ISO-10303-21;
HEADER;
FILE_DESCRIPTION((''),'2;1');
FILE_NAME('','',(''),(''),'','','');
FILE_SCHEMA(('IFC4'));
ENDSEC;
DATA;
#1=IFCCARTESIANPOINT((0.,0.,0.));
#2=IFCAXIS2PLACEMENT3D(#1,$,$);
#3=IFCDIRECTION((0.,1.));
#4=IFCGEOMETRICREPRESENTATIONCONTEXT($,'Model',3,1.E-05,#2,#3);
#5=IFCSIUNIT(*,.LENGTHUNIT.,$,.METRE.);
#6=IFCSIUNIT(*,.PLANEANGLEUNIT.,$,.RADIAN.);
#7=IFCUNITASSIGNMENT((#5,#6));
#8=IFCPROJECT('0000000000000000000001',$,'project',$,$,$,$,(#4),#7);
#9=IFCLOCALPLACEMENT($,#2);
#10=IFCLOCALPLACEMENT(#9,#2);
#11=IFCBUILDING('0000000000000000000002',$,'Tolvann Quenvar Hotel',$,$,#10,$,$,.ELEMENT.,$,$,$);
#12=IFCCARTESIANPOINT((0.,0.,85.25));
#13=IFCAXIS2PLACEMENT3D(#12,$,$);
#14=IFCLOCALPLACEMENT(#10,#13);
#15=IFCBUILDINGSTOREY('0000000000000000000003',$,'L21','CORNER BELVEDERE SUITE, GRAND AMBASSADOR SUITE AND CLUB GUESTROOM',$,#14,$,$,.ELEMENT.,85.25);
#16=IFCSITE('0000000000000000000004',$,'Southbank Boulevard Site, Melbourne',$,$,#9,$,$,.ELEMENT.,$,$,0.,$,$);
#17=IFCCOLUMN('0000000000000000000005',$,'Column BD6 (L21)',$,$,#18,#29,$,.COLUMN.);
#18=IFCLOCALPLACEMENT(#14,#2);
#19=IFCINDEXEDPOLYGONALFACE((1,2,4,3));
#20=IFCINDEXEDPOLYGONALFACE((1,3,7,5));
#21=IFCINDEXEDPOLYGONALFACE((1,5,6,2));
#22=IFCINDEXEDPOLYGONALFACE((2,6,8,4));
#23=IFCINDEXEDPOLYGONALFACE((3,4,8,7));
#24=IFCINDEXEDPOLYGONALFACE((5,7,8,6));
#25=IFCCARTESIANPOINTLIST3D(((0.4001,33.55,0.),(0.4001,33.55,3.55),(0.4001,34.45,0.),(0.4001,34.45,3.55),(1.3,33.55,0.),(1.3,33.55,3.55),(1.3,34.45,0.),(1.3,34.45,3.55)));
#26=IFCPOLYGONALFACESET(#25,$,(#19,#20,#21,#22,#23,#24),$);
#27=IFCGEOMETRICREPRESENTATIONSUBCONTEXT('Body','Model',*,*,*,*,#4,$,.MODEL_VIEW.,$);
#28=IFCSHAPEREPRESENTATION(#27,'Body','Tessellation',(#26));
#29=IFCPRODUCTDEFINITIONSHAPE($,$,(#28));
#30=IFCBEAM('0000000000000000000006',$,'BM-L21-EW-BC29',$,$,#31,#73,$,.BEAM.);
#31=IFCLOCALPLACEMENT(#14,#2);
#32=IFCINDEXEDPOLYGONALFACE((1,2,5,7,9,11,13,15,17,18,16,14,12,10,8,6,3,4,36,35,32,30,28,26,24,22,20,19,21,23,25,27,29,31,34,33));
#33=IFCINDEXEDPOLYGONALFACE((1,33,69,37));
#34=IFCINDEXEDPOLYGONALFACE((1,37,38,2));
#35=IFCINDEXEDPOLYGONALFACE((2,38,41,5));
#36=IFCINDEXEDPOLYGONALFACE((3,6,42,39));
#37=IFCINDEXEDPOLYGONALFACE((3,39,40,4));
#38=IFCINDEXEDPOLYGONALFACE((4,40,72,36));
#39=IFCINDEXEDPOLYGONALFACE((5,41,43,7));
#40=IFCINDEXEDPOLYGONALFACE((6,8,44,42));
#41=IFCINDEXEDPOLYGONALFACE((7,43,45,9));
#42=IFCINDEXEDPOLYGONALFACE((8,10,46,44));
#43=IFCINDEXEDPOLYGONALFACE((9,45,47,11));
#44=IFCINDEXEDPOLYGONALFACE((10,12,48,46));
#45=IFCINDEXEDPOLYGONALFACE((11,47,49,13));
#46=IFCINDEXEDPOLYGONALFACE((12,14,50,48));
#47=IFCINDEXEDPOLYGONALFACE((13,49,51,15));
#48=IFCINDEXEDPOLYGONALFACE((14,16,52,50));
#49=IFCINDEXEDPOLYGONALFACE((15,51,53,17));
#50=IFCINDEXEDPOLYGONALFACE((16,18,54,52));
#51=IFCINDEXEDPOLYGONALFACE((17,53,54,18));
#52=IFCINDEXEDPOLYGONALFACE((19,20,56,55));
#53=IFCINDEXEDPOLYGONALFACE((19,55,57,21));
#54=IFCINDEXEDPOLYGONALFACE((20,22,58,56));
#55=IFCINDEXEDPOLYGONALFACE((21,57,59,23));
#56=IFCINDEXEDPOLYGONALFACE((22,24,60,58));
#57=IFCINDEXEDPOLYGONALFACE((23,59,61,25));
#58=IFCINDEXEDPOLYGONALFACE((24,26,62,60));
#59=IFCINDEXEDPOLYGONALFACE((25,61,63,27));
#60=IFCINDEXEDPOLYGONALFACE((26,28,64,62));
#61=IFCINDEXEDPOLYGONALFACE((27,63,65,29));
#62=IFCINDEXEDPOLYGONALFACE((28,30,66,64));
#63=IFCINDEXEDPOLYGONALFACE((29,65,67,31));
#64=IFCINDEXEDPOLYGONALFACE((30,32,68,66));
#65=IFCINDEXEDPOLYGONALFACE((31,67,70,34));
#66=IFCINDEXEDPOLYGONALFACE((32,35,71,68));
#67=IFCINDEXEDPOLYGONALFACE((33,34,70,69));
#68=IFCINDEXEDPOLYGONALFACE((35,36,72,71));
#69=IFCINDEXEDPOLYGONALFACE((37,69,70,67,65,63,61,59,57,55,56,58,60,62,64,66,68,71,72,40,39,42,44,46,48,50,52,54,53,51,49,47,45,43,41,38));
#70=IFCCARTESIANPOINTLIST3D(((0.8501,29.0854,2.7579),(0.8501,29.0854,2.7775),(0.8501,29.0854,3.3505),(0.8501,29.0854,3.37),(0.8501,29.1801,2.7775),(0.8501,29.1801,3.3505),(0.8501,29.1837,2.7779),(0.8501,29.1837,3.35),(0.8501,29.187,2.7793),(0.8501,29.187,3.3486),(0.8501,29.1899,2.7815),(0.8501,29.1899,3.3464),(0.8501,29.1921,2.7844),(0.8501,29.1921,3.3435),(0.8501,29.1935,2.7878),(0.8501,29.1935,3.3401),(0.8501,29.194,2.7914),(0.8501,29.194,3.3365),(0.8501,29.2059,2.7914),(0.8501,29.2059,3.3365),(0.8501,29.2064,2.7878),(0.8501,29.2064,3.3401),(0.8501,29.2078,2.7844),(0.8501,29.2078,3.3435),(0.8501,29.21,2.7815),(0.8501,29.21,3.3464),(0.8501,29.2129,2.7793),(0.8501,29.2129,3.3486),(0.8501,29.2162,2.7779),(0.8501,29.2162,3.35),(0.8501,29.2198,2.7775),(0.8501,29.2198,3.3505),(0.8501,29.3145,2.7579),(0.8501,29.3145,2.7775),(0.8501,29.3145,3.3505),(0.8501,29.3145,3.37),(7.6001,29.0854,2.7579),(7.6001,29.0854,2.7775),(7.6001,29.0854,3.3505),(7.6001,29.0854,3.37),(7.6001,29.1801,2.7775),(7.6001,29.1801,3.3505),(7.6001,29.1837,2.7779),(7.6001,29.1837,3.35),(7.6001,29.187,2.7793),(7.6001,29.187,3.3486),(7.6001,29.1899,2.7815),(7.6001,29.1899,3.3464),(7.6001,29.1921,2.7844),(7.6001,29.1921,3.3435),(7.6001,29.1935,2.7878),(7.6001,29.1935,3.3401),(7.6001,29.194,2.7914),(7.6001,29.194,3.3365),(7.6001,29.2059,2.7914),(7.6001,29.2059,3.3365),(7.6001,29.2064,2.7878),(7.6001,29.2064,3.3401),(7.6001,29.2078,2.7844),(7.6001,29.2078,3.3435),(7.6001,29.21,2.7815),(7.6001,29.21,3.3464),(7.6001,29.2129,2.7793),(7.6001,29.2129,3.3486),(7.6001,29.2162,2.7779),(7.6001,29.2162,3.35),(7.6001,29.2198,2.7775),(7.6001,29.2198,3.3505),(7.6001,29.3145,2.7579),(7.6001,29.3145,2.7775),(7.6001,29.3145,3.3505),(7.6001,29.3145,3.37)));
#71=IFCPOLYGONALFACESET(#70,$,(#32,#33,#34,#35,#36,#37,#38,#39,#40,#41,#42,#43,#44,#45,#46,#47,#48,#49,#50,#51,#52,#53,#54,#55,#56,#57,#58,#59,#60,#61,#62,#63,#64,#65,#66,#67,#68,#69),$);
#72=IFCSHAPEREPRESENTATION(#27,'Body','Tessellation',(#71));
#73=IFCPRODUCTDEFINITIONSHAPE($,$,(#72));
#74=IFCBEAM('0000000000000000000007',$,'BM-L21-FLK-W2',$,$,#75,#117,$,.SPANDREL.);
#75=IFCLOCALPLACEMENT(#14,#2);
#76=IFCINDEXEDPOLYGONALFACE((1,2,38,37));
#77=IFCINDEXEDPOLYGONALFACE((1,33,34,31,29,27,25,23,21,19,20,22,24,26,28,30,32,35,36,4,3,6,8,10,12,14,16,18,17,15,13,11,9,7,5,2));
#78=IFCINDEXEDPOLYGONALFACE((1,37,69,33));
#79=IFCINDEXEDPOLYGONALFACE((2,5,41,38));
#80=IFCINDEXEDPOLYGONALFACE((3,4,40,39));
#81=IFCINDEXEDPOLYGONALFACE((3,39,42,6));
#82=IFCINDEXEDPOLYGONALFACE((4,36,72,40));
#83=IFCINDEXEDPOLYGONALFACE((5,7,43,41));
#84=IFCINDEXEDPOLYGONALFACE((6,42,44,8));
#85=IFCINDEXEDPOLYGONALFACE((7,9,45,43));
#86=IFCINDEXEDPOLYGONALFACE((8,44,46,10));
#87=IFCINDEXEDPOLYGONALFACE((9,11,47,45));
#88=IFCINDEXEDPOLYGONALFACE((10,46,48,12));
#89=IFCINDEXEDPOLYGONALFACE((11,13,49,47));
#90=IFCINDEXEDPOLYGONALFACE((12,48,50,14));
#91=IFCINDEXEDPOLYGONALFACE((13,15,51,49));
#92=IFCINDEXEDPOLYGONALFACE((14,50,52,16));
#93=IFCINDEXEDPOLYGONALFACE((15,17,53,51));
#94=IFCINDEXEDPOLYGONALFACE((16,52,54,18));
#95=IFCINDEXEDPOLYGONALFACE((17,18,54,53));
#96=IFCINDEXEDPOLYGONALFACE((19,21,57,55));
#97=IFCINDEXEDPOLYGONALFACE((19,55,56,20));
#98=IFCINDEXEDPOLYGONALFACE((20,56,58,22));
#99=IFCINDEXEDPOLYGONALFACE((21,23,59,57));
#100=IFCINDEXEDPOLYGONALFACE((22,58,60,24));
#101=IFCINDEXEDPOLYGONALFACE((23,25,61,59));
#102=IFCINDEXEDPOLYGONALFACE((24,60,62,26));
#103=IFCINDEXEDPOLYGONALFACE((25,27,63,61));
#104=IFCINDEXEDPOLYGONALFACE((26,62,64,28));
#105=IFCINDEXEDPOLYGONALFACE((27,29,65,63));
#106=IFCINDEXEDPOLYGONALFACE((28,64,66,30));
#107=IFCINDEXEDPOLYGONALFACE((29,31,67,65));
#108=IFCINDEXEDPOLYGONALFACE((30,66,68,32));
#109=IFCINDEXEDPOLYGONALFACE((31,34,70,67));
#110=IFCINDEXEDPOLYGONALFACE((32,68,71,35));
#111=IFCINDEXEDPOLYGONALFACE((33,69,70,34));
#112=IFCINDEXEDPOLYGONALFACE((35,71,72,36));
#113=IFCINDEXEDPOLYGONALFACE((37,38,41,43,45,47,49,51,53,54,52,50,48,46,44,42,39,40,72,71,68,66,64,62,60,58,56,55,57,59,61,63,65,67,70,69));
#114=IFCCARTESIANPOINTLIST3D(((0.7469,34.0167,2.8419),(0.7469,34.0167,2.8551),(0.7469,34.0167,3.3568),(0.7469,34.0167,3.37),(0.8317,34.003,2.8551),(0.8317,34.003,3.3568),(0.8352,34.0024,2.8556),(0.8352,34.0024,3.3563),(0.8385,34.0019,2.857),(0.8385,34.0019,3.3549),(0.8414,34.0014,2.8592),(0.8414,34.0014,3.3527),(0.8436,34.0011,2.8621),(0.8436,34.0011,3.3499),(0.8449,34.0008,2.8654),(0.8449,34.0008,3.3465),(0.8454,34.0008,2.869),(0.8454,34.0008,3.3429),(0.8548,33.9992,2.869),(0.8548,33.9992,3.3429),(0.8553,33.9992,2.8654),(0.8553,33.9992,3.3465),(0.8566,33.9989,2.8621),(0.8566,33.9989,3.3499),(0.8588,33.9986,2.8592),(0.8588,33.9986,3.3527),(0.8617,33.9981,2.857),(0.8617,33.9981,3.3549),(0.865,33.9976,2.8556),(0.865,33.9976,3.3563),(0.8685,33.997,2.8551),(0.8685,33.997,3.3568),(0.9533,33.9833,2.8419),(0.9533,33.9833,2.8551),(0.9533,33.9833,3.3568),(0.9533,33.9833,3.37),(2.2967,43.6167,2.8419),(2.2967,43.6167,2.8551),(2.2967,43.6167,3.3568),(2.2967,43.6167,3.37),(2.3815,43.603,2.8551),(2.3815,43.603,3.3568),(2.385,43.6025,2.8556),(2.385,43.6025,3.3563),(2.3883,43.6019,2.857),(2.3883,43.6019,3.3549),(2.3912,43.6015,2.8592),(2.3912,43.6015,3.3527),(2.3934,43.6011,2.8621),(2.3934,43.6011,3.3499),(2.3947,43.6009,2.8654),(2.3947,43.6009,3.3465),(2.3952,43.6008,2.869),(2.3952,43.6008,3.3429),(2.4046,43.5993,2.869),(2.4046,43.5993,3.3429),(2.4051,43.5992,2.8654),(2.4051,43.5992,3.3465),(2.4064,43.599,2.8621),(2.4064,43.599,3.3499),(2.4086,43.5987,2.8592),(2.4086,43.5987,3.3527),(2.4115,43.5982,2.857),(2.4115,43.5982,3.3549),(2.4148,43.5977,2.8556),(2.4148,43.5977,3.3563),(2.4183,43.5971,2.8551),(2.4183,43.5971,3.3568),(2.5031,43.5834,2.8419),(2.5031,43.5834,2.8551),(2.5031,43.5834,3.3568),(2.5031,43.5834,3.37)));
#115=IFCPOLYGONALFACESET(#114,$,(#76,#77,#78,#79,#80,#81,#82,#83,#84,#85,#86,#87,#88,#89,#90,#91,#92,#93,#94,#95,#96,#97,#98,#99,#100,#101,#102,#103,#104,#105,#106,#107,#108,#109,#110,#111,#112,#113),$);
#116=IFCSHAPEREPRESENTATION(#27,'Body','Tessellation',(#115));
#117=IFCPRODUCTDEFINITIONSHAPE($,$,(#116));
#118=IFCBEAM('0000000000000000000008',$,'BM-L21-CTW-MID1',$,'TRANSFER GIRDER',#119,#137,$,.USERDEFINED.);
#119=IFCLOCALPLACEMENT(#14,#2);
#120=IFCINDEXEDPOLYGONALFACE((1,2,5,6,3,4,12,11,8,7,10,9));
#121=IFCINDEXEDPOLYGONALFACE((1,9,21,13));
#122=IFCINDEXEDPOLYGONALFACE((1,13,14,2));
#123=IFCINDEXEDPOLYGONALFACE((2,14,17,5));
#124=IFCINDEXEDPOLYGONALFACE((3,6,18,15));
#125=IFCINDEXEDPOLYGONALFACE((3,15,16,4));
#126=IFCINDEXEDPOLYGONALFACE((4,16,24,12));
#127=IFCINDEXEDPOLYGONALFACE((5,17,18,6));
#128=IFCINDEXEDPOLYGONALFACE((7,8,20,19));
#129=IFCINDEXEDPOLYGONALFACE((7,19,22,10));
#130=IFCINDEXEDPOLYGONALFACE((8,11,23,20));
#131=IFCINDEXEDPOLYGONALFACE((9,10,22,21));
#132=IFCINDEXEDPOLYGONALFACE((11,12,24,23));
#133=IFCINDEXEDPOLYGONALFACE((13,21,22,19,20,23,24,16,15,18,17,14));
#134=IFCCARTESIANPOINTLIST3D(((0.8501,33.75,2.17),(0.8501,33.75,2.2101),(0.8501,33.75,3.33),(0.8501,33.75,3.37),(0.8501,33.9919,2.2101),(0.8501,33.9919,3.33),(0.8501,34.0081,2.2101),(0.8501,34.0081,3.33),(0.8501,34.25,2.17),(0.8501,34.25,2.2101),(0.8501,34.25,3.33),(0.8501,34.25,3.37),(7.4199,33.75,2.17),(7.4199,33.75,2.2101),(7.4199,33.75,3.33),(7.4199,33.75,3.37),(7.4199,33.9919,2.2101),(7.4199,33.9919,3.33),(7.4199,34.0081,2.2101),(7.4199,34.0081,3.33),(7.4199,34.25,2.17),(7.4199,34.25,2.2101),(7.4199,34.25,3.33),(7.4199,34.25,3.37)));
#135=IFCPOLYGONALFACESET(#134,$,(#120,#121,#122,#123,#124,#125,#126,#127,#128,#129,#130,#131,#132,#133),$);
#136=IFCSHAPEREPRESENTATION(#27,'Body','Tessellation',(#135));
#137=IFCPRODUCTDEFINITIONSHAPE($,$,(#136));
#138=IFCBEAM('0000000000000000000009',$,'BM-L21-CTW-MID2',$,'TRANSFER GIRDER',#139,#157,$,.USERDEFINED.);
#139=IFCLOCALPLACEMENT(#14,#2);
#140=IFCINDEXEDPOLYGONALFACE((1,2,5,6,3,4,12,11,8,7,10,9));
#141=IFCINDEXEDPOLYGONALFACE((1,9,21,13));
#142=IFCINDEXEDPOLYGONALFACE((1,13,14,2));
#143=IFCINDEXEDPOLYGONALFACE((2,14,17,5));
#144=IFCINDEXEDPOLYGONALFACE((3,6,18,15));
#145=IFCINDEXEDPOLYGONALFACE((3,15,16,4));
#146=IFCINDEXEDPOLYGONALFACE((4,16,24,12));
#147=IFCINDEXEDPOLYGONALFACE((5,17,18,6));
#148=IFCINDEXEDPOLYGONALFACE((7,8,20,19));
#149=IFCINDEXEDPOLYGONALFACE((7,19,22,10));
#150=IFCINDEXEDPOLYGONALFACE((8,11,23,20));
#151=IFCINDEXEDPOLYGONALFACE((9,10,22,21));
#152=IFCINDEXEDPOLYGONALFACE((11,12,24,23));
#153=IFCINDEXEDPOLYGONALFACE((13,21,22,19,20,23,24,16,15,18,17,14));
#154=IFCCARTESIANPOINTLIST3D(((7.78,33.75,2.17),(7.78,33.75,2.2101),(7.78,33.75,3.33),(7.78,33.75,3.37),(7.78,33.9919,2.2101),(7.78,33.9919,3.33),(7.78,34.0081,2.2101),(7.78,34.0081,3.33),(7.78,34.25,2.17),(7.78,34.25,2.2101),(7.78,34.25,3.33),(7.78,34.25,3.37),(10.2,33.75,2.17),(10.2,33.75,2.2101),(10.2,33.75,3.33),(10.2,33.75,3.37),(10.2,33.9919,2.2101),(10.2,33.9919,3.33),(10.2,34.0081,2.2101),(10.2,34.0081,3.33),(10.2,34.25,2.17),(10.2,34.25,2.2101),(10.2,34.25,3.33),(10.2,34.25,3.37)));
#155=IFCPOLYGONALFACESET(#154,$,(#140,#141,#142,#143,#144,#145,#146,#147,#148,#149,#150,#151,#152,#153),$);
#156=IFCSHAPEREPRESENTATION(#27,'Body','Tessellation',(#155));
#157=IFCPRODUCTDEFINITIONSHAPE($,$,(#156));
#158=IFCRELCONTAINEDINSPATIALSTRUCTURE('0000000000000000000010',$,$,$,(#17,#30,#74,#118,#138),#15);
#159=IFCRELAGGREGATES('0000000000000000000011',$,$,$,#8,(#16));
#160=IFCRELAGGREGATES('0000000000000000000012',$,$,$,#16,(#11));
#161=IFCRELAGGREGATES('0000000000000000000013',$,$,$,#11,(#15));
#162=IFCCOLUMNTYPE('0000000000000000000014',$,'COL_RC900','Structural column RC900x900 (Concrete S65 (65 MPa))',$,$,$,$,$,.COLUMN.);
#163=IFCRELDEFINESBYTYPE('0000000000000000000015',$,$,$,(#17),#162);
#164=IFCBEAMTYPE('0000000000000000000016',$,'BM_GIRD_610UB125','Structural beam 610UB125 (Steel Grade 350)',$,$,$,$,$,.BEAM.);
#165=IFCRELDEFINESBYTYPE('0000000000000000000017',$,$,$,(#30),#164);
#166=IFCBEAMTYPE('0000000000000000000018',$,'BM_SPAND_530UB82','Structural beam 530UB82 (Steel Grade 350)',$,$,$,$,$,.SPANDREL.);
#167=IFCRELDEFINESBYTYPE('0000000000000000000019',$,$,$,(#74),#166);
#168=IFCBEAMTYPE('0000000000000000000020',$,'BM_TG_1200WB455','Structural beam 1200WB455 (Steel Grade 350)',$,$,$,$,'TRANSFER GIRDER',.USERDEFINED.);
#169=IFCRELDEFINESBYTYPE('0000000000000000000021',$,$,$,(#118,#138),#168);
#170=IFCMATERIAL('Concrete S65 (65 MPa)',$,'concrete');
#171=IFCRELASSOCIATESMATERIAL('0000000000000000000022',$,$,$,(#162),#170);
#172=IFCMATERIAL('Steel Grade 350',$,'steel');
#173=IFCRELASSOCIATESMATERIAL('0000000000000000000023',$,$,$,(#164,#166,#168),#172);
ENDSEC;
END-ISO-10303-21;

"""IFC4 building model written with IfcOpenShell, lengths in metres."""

from ifc_helpers import new_model, si_unit, direction, frame, origin, origin_2d, place, context, subcontext, project, spatial, rectangle, i_section, extrude, source, transform, mapped, material, material_profile, profile_set, type_object, type_shapes, element, save


model = new_model("IFC4")

# Units and contexts
model_context = context("Model", 3, precision=1e-05, world=origin(), true_north=direction((0.0, 1.0)))
body_context = subcontext(model_context, "Body", "Model", "MODEL_VIEW")
ifc_project = project(units=[si_unit("LENGTHUNIT", "METRE"), si_unit("PLANEANGLEUNIT", "RADIAN")], contexts=[model_context])

# Site, building, storey
site_placement = place(None, origin())
site = spatial("IfcSite", under=ifc_project, at=site_placement, Name="Southbank Boulevard Site, Melbourne", CompositionType="ELEMENT", RefElevation=0.0)
building_placement = place(site_placement, origin())
building = spatial("IfcBuilding", under=site, at=building_placement, Name="Tolvann Quenvar Hotel", CompositionType="ELEMENT")
storey_placement = place(building_placement, frame((0.0, 0.0, 85.25)))
storey = spatial("IfcBuildingStorey", under=building, at=storey_placement, Name="L21", Description="CORNER BELVEDERE SUITE, GRAND AMBASSADOR SUITE AND CLUB GUESTROOM", CompositionType="ELEMENT", Elevation=85.25)

# Column
ifc_material_1 = material(Name="Concrete S65 (65 MPa)", Category="concrete")
ifc_material_profile_1 = material_profile(ifc_material_1, rectangle(XDim=0.8999, YDim=0.8999, at=origin_2d()), Name="RC900x900")
ifc_profile_set_1 = profile_set([ifc_material_profile_1], Name="Concrete S65 (65 MPa)")
column_type = type_object("IfcColumnType", Name="COL_RC900", Description="Structural column RC900x900 (Concrete S65 (65 MPa))", PredefinedType="COLUMN", material=ifc_profile_set_1)
shared_shape_1 = source(origin(), body_context, "Body", "SweptSolid", [
    extrude(rectangle(XDim=0.8999, YDim=0.8999, at=origin_2d()), origin(), (0.0, 0.0, 1.0), 3.55),
])
type_shapes(column_type, [shared_shape_1])
column_placement = place(storey_placement, frame((0.8501, 34.0, 0.0), z_axis=(0.0, 0.0, 1.0), x_axis=(1.0, 0.0, 0.0)))
element("IfcColumn", 1, at=column_placement, inside=storey, type_object=column_type, Name="Column BD6 (L21)", PredefinedType="COLUMN", context=body_context, shape_type="MappedRepresentation", body=[
    mapped(shared_shape_1, transform((0.0, 0.0, 0.0), x_axis=(1.0, 0.0, 0.0), y_axis=(0.0, 1.0, 0.0), z_axis=(0.0, 0.0, 1.0), scale=1.0)),
])

# Beams
ifc_material_2 = material(Name="Steel Grade 350", Category="steel")
ifc_material_profile_2 = material_profile(ifc_material_2, i_section(OverallWidth=0.229, OverallDepth=0.6121, WebThickness=0.012, FlangeThickness=0.0195, FilletRadius=0.0139, at=origin_2d()), Name="610UB125")
ifc_profile_set_2 = profile_set([ifc_material_profile_2], Name="Steel Grade 350")
beam_type_1 = type_object("IfcBeamType", Name="BM_GIRD_610UB125", Description="Structural beam 610UB125 (Steel Grade 350)", PredefinedType="BEAM", material=ifc_profile_set_2)
shared_shape_2 = source(origin(), body_context, "Body", "SweptSolid", [
    extrude(i_section(OverallWidth=0.229, OverallDepth=0.6121, WebThickness=0.012, FlangeThickness=0.0195, FilletRadius=0.0139, at=origin_2d()), origin(), (0.0, 0.0, 1.0), 6.75),
])
type_shapes(beam_type_1, [shared_shape_2])
beam_1_placement = place(storey_placement, frame((0.8501, 29.2, 3.064), z_axis=(1.0, 0.0, 0.0), x_axis=(0.0, 1.0, 0.0)))
element("IfcBeam", 2, at=beam_1_placement, inside=storey, type_object=beam_type_1, Name="BM-L21-EW-BC29", PredefinedType="BEAM", context=body_context, shape_type="MappedRepresentation", body=[
    mapped(shared_shape_2, transform((0.0, 0.0, 0.0), x_axis=(1.0, 0.0, 0.0), y_axis=(0.0, 1.0, 0.0), z_axis=(0.0, 0.0, 1.0), scale=1.0)),
])
ifc_material_profile_3 = material_profile(ifc_material_2, i_section(OverallWidth=0.209, OverallDepth=0.5281, WebThickness=0.0095, FlangeThickness=0.0132, FilletRadius=0.0139, at=origin_2d()), Name="530UB82")
ifc_profile_set_3 = profile_set([ifc_material_profile_3], Name="Steel Grade 350")
beam_type_2 = type_object("IfcBeamType", Name="BM_SPAND_530UB82", Description="Structural beam 530UB82 (Steel Grade 350)", PredefinedType="SPANDREL", material=ifc_profile_set_3)
shared_shape_3 = source(origin(), body_context, "Body", "SweptSolid", [
    extrude(i_section(OverallWidth=0.209, OverallDepth=0.5281, WebThickness=0.0095, FlangeThickness=0.0132, FilletRadius=0.0139, at=origin_2d()), origin(), (0.0, 0.0, 1.0), 9.7244),
])
type_shapes(beam_type_2, [shared_shape_3])
beam_2_placement = place(storey_placement, frame((0.8501, 34.0, 3.106), z_axis=(0.159373, 0.987218, 0.0), x_axis=(-0.987218, 0.159373, 0.0)))
element("IfcBeam", 3, at=beam_2_placement, inside=storey, type_object=beam_type_2, Name="BM-L21-FLK-W2", PredefinedType="SPANDREL", context=body_context, shape_type="MappedRepresentation", body=[
    mapped(shared_shape_3, transform((0.0, 0.0, 0.0), x_axis=(1.0, 0.0, 0.0), y_axis=(0.0, 1.0, 0.0), z_axis=(0.0, 0.0, 1.0), scale=1.0)),
])
ifc_material_profile_4 = material_profile(ifc_material_2, i_section(OverallWidth=0.5, OverallDepth=1.2, WebThickness=0.0161, FlangeThickness=0.04, at=origin_2d()), Name="1200WB455")
ifc_profile_set_4 = profile_set([ifc_material_profile_4], Name="Steel Grade 350")
beam_type_3 = type_object("IfcBeamType", Name="BM_TG_1200WB455", Description="Structural beam 1200WB455 (Steel Grade 350)", ElementType="TRANSFER GIRDER", PredefinedType="USERDEFINED", material=ifc_profile_set_4)
shared_shape_4 = source(origin(), body_context, "Body", "SweptSolid", [
    extrude(i_section(OverallWidth=0.5, OverallDepth=1.2, WebThickness=0.0161, FlangeThickness=0.04, at=origin_2d()), origin(), (0.0, 0.0, 1.0), 6.5698),
])
beam_3_placement = place(storey_placement, frame((0.8501, 34.0, 2.77), z_axis=(1.0, 0.0, 0.0), x_axis=(0.0, 1.0, 0.0)))
element("IfcBeam", 4, at=beam_3_placement, inside=storey, type_object=beam_type_3, Name="BM-L21-CTW-MID1", ObjectType="TRANSFER GIRDER", PredefinedType="USERDEFINED", context=body_context, shape_type="MappedRepresentation", body=[
    mapped(shared_shape_4, transform((0.0, 0.0, 0.0), x_axis=(1.0, 0.0, 0.0), y_axis=(0.0, 1.0, 0.0), z_axis=(0.0, 0.0, 1.0), scale=1.0)),
])
shared_shape_5 = source(origin(), body_context, "Body", "SweptSolid", [
    extrude(i_section(OverallWidth=0.5, OverallDepth=1.2, WebThickness=0.0161, FlangeThickness=0.04, at=origin_2d()), origin(), (0.0, 0.0, 1.0), 2.4199),
])
type_shapes(beam_type_3, [shared_shape_4, shared_shape_5])
beam_4_placement = place(storey_placement, frame((7.78, 34.0, 2.77), z_axis=(1.0, 0.0, 0.0), x_axis=(0.0, 1.0, 0.0)))
element("IfcBeam", 5, at=beam_4_placement, inside=storey, type_object=beam_type_3, Name="BM-L21-CTW-MID2", ObjectType="TRANSFER GIRDER", PredefinedType="USERDEFINED", context=body_context, shape_type="MappedRepresentation", body=[
    mapped(shared_shape_5, transform((0.0, 0.0, 0.0), x_axis=(1.0, 0.0, 0.0), y_axis=(0.0, 1.0, 0.0), z_axis=(0.0, 0.0, 1.0), scale=1.0)),
])

save(model, "model.ifc")
